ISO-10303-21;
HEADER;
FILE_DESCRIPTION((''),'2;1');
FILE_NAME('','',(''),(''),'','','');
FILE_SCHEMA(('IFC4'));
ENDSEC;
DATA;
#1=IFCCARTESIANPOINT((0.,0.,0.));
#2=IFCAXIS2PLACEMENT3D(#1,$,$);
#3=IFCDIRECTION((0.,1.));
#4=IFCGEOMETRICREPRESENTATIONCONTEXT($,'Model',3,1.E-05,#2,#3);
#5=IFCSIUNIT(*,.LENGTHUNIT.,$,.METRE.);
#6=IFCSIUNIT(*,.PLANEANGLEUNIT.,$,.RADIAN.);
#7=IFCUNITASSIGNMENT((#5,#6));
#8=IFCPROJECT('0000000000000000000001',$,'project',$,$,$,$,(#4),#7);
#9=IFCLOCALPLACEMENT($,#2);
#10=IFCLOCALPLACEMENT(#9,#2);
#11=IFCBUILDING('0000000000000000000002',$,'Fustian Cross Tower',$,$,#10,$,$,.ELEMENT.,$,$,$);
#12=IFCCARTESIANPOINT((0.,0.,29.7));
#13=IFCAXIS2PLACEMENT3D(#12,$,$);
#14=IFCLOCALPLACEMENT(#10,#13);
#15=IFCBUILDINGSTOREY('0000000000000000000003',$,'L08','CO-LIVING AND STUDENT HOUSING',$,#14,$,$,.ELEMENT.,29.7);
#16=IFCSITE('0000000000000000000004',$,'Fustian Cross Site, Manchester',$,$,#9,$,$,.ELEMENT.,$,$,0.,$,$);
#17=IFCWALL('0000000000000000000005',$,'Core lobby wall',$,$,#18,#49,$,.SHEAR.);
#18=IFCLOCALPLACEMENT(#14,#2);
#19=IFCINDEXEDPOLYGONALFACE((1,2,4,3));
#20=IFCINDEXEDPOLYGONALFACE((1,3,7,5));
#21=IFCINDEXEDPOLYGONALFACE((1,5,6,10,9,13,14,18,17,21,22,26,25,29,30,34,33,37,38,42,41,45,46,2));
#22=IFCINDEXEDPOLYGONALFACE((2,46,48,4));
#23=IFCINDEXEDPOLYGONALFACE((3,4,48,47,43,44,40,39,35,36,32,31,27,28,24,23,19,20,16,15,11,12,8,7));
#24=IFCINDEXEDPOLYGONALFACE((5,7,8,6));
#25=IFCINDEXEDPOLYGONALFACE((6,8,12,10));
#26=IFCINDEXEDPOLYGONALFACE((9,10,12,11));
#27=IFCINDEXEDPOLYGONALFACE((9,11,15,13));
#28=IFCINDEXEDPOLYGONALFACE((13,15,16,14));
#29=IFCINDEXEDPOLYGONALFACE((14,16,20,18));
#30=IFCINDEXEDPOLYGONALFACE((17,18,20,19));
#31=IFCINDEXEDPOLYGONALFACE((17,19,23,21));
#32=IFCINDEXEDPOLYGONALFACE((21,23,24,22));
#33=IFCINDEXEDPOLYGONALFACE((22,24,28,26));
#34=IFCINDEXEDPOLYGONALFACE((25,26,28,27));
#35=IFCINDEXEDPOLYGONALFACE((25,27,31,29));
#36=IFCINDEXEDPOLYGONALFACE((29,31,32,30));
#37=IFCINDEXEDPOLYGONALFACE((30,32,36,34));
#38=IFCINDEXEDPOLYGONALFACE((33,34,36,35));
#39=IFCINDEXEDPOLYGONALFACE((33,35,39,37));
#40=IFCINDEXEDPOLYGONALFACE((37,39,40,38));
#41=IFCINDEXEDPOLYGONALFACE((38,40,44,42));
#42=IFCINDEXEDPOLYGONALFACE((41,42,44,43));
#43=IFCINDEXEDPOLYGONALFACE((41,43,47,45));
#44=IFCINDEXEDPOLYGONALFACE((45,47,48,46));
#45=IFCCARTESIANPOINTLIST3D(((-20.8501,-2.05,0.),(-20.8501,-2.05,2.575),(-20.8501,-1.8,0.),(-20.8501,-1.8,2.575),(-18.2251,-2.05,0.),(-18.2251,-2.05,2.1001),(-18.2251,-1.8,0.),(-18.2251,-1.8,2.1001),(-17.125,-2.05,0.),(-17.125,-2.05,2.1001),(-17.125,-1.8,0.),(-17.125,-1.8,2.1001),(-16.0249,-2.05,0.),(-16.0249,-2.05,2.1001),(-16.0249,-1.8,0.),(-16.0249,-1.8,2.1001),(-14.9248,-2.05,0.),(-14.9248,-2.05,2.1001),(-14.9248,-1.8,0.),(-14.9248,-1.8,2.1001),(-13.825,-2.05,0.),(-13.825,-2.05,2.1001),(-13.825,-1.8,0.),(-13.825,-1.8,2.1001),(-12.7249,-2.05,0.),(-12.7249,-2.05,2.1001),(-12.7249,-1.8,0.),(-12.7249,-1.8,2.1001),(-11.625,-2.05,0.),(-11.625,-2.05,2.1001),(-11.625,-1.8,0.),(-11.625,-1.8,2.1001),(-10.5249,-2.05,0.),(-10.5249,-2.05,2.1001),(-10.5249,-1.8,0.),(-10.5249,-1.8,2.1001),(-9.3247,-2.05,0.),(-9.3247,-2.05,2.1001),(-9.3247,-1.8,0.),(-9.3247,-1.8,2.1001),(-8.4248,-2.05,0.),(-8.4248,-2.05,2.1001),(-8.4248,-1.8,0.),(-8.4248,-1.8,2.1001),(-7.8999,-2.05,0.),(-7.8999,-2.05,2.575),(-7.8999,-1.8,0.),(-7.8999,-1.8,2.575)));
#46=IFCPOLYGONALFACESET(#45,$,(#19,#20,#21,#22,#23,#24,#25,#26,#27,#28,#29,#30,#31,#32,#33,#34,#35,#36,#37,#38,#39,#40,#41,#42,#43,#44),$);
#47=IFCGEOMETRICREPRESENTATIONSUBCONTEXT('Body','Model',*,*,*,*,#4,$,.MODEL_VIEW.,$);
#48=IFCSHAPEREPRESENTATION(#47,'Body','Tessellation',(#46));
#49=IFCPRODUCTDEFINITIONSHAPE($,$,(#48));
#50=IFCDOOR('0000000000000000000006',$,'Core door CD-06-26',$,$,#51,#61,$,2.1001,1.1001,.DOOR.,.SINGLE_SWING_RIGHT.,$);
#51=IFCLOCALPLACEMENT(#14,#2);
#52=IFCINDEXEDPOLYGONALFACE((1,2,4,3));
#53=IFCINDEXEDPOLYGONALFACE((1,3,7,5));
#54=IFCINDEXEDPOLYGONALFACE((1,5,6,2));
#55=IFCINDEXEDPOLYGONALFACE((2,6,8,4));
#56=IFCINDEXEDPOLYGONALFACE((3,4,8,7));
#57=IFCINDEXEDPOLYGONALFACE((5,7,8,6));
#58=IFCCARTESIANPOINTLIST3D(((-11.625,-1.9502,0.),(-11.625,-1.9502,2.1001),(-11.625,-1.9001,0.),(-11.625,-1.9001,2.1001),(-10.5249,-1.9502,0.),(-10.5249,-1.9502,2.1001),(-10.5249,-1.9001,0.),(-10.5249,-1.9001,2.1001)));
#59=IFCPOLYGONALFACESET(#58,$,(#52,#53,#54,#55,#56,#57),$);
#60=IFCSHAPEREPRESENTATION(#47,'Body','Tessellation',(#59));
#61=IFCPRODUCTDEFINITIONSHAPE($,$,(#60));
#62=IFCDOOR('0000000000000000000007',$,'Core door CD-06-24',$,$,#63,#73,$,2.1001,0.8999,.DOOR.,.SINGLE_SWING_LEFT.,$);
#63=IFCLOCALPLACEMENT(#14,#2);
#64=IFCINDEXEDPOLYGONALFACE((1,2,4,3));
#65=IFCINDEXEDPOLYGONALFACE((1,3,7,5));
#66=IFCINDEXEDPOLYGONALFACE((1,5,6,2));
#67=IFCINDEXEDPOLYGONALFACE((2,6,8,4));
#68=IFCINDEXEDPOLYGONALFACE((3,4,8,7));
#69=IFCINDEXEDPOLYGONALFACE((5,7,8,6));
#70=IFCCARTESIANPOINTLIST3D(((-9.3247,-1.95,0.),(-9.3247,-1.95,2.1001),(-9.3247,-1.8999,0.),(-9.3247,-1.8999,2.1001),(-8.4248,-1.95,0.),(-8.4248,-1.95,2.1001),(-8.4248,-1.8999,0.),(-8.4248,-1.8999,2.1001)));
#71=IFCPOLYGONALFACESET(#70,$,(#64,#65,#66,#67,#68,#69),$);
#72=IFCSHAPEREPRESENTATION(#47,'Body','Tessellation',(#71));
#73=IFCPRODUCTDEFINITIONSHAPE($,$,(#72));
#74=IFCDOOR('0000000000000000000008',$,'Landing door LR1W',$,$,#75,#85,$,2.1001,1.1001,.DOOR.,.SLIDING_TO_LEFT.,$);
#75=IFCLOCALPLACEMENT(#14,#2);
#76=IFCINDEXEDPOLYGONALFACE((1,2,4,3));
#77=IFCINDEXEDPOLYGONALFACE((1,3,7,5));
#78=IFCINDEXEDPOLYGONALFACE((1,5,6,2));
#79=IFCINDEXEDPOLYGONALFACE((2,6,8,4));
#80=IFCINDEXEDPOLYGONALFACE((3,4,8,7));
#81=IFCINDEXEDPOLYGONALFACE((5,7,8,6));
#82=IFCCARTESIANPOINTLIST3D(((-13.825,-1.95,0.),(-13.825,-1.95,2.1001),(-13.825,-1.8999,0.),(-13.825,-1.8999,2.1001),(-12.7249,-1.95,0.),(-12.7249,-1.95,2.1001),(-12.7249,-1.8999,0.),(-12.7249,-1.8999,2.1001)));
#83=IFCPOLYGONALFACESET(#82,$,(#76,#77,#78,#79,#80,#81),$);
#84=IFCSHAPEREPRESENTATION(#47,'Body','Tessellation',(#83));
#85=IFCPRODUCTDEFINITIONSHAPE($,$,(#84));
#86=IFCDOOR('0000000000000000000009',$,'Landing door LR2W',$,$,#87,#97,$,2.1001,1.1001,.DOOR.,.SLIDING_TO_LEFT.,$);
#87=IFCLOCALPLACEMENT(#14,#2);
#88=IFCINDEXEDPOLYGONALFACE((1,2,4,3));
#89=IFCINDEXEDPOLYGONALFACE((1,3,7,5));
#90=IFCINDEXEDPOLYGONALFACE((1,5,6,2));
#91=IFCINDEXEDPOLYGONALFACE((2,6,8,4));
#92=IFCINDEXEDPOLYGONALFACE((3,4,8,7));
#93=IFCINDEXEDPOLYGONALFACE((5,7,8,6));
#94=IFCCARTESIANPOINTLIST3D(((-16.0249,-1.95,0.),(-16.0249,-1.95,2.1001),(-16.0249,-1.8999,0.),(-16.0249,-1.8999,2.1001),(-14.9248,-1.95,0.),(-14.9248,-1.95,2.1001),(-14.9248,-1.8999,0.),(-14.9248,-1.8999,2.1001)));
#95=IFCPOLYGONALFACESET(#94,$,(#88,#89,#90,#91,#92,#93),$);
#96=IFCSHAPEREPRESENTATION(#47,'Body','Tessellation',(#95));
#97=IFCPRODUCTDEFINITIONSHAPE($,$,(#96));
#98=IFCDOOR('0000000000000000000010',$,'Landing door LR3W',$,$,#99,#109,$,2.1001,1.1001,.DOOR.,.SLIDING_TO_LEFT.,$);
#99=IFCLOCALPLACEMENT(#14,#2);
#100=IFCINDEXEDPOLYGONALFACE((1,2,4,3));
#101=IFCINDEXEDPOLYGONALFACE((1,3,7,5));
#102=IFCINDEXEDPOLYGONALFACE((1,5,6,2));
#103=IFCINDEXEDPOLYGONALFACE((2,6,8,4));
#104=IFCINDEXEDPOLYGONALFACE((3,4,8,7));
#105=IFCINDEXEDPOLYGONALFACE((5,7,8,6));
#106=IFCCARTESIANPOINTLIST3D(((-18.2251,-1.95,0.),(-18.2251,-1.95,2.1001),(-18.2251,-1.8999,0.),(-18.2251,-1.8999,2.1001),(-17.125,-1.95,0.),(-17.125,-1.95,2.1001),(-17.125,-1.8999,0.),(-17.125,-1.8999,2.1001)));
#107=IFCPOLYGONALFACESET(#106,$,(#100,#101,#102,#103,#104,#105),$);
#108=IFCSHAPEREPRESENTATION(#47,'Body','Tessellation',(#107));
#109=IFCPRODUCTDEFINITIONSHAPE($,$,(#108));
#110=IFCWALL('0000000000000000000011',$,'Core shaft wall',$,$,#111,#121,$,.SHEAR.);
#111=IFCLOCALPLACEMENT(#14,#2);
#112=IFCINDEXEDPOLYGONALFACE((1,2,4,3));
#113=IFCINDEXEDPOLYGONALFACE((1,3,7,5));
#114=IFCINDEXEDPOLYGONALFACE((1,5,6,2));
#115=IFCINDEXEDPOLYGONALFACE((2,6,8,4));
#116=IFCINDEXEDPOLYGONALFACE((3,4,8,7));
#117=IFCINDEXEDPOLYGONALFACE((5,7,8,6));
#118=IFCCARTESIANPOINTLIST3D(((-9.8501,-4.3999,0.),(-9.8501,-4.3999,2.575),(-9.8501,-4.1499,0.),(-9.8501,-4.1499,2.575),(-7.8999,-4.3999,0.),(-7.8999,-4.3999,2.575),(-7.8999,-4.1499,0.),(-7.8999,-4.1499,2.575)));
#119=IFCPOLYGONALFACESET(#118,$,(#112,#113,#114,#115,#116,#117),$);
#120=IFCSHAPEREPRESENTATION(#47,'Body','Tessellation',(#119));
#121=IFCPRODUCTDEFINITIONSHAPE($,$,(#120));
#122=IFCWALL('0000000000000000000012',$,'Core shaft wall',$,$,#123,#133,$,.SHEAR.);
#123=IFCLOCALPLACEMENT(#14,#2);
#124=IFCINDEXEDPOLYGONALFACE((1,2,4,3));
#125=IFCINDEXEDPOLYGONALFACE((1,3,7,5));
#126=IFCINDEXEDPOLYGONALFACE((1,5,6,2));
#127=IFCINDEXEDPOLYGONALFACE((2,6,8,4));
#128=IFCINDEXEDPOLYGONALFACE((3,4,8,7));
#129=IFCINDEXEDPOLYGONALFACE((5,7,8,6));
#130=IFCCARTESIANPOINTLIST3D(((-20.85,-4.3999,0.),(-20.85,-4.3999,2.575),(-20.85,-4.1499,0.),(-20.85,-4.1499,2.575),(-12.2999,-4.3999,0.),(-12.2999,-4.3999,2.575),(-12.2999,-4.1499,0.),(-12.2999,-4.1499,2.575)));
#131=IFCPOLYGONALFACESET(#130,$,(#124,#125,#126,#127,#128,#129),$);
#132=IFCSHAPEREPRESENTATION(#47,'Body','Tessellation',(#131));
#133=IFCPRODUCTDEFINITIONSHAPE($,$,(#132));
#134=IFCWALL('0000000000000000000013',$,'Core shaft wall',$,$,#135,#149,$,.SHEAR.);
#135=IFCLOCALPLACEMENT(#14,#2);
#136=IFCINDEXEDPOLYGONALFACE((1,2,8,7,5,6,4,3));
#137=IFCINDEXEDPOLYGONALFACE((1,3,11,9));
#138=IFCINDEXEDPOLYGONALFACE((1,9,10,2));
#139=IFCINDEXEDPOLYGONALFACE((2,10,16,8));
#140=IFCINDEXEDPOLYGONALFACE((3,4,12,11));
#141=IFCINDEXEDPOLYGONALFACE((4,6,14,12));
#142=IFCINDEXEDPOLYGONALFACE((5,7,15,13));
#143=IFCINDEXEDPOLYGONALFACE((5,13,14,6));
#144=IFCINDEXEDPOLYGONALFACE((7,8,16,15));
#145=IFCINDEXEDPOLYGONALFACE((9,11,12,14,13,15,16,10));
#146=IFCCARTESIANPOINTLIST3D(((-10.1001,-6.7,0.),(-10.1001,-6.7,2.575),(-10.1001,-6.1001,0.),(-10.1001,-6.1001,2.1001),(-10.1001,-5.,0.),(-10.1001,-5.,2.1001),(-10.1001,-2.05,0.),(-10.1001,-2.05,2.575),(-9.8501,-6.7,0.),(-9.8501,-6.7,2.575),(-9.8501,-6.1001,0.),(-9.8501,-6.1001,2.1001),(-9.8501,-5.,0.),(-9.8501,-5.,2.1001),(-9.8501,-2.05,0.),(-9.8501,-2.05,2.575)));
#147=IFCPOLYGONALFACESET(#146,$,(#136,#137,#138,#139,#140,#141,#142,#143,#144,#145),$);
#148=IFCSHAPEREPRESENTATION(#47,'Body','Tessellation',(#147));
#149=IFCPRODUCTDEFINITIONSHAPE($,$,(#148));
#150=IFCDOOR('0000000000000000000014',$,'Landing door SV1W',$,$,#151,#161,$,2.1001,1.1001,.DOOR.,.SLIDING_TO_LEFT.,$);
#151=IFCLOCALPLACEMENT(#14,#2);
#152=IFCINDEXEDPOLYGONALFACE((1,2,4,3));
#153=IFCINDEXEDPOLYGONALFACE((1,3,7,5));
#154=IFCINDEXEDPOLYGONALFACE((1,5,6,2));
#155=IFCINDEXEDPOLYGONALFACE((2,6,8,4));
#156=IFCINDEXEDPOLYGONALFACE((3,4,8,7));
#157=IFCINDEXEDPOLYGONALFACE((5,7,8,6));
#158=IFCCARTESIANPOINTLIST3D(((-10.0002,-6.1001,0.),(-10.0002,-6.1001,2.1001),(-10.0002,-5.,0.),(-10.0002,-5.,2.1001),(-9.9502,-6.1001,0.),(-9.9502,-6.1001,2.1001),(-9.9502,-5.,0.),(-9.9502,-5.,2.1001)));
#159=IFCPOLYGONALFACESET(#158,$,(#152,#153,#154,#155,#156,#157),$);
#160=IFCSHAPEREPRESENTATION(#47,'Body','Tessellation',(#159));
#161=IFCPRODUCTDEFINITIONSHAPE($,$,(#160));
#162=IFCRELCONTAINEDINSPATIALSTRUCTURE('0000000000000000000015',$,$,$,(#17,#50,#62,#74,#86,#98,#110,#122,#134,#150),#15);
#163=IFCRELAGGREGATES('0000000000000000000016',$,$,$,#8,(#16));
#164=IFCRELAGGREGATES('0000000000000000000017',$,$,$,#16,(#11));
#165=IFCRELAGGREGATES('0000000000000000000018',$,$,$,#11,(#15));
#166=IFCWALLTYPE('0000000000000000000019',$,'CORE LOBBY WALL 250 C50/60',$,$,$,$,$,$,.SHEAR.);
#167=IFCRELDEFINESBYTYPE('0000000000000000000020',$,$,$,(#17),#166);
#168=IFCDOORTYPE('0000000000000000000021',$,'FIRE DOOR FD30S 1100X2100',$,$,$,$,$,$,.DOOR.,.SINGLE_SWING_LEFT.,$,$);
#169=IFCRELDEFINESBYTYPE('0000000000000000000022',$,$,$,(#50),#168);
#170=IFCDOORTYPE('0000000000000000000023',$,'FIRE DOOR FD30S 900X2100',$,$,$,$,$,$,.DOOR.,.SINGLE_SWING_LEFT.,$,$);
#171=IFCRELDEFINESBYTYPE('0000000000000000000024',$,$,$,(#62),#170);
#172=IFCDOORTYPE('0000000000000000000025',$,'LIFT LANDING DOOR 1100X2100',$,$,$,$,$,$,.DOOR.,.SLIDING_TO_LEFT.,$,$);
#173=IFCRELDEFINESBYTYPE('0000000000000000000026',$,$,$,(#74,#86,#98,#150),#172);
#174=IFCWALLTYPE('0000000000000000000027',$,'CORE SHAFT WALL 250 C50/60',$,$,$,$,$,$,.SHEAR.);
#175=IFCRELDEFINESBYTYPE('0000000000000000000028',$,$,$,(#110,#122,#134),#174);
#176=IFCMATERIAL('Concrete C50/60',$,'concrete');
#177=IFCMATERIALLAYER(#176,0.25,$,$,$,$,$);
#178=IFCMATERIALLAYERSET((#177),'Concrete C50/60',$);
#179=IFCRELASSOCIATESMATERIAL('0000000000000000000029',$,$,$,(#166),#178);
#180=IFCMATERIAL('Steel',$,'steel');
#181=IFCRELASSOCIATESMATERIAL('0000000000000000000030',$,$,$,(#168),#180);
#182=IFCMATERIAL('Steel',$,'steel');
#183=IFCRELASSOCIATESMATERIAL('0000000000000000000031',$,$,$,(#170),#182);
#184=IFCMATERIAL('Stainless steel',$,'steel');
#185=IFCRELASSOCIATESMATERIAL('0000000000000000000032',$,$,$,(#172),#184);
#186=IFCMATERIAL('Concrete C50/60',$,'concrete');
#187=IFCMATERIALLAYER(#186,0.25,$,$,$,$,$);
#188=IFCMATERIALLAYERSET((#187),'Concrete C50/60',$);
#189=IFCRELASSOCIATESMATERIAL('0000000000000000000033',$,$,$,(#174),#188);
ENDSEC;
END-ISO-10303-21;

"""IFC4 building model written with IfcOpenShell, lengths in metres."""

from ifc_helpers import new_model, si_unit, direction, frame, frame_2d, origin, place, context, subcontext, project, spatial, rectangle, extrude, material, layer, layer_set, type_object, element, fill, save


model = new_model("IFC4")

# Units and contexts
model_context = context("Model", 3, precision=1e-05, world=origin(), true_north=direction((0.0, 1.0)))
body_context = subcontext(model_context, "Body", "Model", "MODEL_VIEW")
ifc_project = project(units=[si_unit("LENGTHUNIT", "METRE"), si_unit("PLANEANGLEUNIT", "RADIAN")], contexts=[model_context])

# Site, building, storey
site_placement = place(None, origin())
site = spatial("IfcSite", under=ifc_project, at=site_placement, Name="Fustian Cross Site, Manchester", CompositionType="ELEMENT", RefElevation=0.0)
building_placement = place(site_placement, origin())
building = spatial("IfcBuilding", under=site, at=building_placement, Name="Fustian Cross Tower", CompositionType="ELEMENT")
storey_placement = place(building_placement, frame((0.0, 0.0, 29.7)))
storey = spatial("IfcBuildingStorey", under=building, at=storey_placement, Name="L08", Description="CO-LIVING AND STUDENT HOUSING", CompositionType="ELEMENT", Elevation=29.7)

# Wall, openings, doors
ifc_material_1 = material(Name="Concrete C50/60", Category="concrete")
ifc_layer_1 = layer(ifc_material_1, 0.25)
ifc_layer_set_1 = layer_set([ifc_layer_1], Name="Concrete C50/60")
wall_type_1 = type_object("IfcWallType", Name="CORE LOBBY WALL 250 C50/60", PredefinedType="SHEAR", material=ifc_layer_set_1)
wall_1_placement = place(storey_placement, frame((-7.8999, -1.925, 0.0), z_axis=(0.0, 0.0, 1.0), x_axis=(-1.0, 0.0, 0.0)))
wall_1 = element("IfcWall", 1, at=wall_1_placement, inside=storey, type_object=wall_type_1, Name="Core lobby wall", PredefinedType="SHEAR", context=body_context, shape_type="SweptSolid", body=[
    extrude(rectangle(XDim=12.9502, YDim=0.25, at=frame_2d((6.4751, 0.0))), origin(), (0.0, 0.0, 1.0), 2.575),
])
opening_1_placement = place(wall_1_placement, frame((4.825, 0.0, 0.0)))
opening_1 = element("IfcOpeningElement", 2, at=opening_1_placement, cuts=wall_1, PredefinedType="OPENING", context=body_context, shape_type="SweptSolid", body=[
    extrude(rectangle(XDim=1.1001, YDim=2.1001, at=frame_2d((0.55, 1.05))), frame((0.0, 0.135, 0.0), z_axis=(0.0, -1.0, 0.0), x_axis=(1.0, 0.0, 0.0)), (0.0, 0.0, 1.0), 0.27),
])
opening_2_placement = place(wall_1_placement, frame((7.0249, 0.0, 0.0)))
opening_2 = element("IfcOpeningElement", 3, at=opening_2_placement, cuts=wall_1, PredefinedType="OPENING", context=body_context, shape_type="SweptSolid", body=[
    extrude(rectangle(XDim=1.1001, YDim=2.1001, at=frame_2d((0.55, 1.05))), frame((0.0, 0.135, 0.0), z_axis=(0.0, -1.0, 0.0), x_axis=(1.0, 0.0, 0.0)), (0.0, 0.0, 1.0), 0.27),
])
opening_3_placement = place(wall_1_placement, frame((9.2251, 0.0, 0.0)))
opening_3 = element("IfcOpeningElement", 4, at=opening_3_placement, cuts=wall_1, PredefinedType="OPENING", context=body_context, shape_type="SweptSolid", body=[
    extrude(rectangle(XDim=1.1001, YDim=2.1001, at=frame_2d((0.55, 1.05))), frame((0.0, 0.135, 0.0), z_axis=(0.0, -1.0, 0.0), x_axis=(1.0, 0.0, 0.0)), (0.0, 0.0, 1.0), 0.27),
])
opening_4_placement = place(wall_1_placement, frame((0.5249, 0.0, 0.0)))
opening_4 = element("IfcOpeningElement", 5, at=opening_4_placement, cuts=wall_1, PredefinedType="OPENING", context=body_context, shape_type="SweptSolid", body=[
    extrude(rectangle(XDim=0.8999, YDim=2.1001, at=frame_2d((0.45, 1.05))), frame((0.0, 0.135, 0.0), z_axis=(0.0, -1.0, 0.0), x_axis=(1.0, 0.0, 0.0)), (0.0, 0.0, 1.0), 0.27),
])
opening_5_placement = place(wall_1_placement, frame((2.625, 0.0, 0.0)))
opening_5 = element("IfcOpeningElement", 6, at=opening_5_placement, cuts=wall_1, PredefinedType="OPENING", context=body_context, shape_type="SweptSolid", body=[
    extrude(rectangle(XDim=1.1001, YDim=2.1001, at=frame_2d((0.55, 1.05))), frame((0.0, 0.135, 0.0), z_axis=(0.0, -1.0, 0.0), x_axis=(1.0, 0.0, 0.0)), (0.0, 0.0, 1.0), 0.27),
])
ifc_material_2 = material(Name="Steel", Category="steel")
door_type_1 = type_object("IfcDoorType", Name="FIRE DOOR FD30S 1100X2100", OperationType="SINGLE_SWING_LEFT", PredefinedType="DOOR", material=ifc_material_2)
door_1_placement = place(opening_5_placement, frame((1.1001, 0.0, 0.0), z_axis=(0.0, 0.0, 1.0), x_axis=(-1.0, 0.0, 0.0)))
door_1 = element("IfcDoor", 7, at=door_1_placement, inside=storey, type_object=door_type_1, Name="Core door CD-06-26", OperationType="SINGLE_SWING_RIGHT", OverallHeight=2.1001, OverallWidth=1.1001, PredefinedType="DOOR", context=body_context, shape_type="SweptSolid", body=[
    extrude(rectangle(XDim=1.1001, YDim=2.1001, at=frame_2d((0.55, 1.05))), frame((0.0, 0.0249, 0.0), z_axis=(0.0, -1.0, 0.0), x_axis=(1.0, 0.0, 0.0)), (0.0, 0.0, 1.0), 0.05),
])
fill(opening_5, door_1)
ifc_material_3 = material(Name="Steel", Category="steel")
door_type_2 = type_object("IfcDoorType", Name="FIRE DOOR FD30S 900X2100", OperationType="SINGLE_SWING_LEFT", PredefinedType="DOOR", material=ifc_material_3)
door_2_placement = place(opening_4_placement, origin())
door_2 = element("IfcDoor", 8, at=door_2_placement, inside=storey, type_object=door_type_2, Name="Core door CD-06-24", OperationType="SINGLE_SWING_LEFT", OverallHeight=2.1001, OverallWidth=0.8999, PredefinedType="DOOR", context=body_context, shape_type="SweptSolid", body=[
    extrude(rectangle(XDim=0.8999, YDim=2.1001, at=frame_2d((0.45, 1.05))), frame((0.0, 0.0249, 0.0), z_axis=(0.0, -1.0, 0.0), x_axis=(1.0, 0.0, 0.0)), (0.0, 0.0, 1.0), 0.05),
])
fill(opening_4, door_2)
ifc_material_4 = material(Name="Stainless steel", Category="steel")
door_type_3 = type_object("IfcDoorType", Name="LIFT LANDING DOOR 1100X2100", OperationType="SLIDING_TO_LEFT", PredefinedType="DOOR", material=ifc_material_4)
door_3_placement = place(opening_1_placement, origin())
door_3 = element("IfcDoor", 9, at=door_3_placement, inside=storey, type_object=door_type_3, Name="Landing door LR1W", OperationType="SLIDING_TO_LEFT", OverallHeight=2.1001, OverallWidth=1.1001, PredefinedType="DOOR", context=body_context, shape_type="SweptSolid", body=[
    extrude(rectangle(XDim=1.1001, YDim=2.1001, at=frame_2d((0.55, 1.05))), frame((0.0, 0.0249, 0.0), z_axis=(0.0, -1.0, 0.0), x_axis=(1.0, 0.0, 0.0)), (0.0, 0.0, 1.0), 0.05),
])
fill(opening_1, door_3)
door_4_placement = place(opening_2_placement, origin())
door_4 = element("IfcDoor", 10, at=door_4_placement, inside=storey, type_object=door_type_3, Name="Landing door LR2W", OperationType="SLIDING_TO_LEFT", OverallHeight=2.1001, OverallWidth=1.1001, PredefinedType="DOOR", context=body_context, shape_type="SweptSolid", body=[
    extrude(rectangle(XDim=1.1001, YDim=2.1001, at=frame_2d((0.55, 1.05))), frame((0.0, 0.0249, 0.0), z_axis=(0.0, -1.0, 0.0), x_axis=(1.0, 0.0, 0.0)), (0.0, 0.0, 1.0), 0.05),
])
fill(opening_2, door_4)
door_5_placement = place(opening_3_placement, origin())
door_5 = element("IfcDoor", 11, at=door_5_placement, inside=storey, type_object=door_type_3, Name="Landing door LR3W", OperationType="SLIDING_TO_LEFT", OverallHeight=2.1001, OverallWidth=1.1001, PredefinedType="DOOR", context=body_context, shape_type="SweptSolid", body=[
    extrude(rectangle(XDim=1.1001, YDim=2.1001, at=frame_2d((0.55, 1.05))), frame((0.0, 0.0249, 0.0), z_axis=(0.0, -1.0, 0.0), x_axis=(1.0, 0.0, 0.0)), (0.0, 0.0, 1.0), 0.05),
])
fill(opening_3, door_5)

# Walls
ifc_material_5 = material(Name="Concrete C50/60", Category="concrete")
ifc_layer_2 = layer(ifc_material_5, 0.25)
ifc_layer_set_2 = layer_set([ifc_layer_2], Name="Concrete C50/60")
wall_type_2 = type_object("IfcWallType", Name="CORE SHAFT WALL 250 C50/60", PredefinedType="SHEAR", material=ifc_layer_set_2)
wall_2_placement = place(storey_placement, frame((-7.8999, -4.2749, 0.0), z_axis=(0.0, 0.0, 1.0), x_axis=(-1.0, 0.0, 0.0)))
element("IfcWall", 12, at=wall_2_placement, inside=storey, type_object=wall_type_2, Name="Core shaft wall", PredefinedType="SHEAR", context=body_context, shape_type="SweptSolid", body=[
    extrude(rectangle(XDim=1.9502, YDim=0.25, at=frame_2d((0.9751, 0.0))), origin(), (0.0, 0.0, 1.0), 2.575),
])
wall_3_placement = place(storey_placement, frame((-12.3, -4.2749, 0.0), z_axis=(0.0, 0.0, 1.0), x_axis=(-1.0, 0.0, 0.0)))
element("IfcWall", 13, at=wall_3_placement, inside=storey, type_object=wall_type_2, Name="Core shaft wall", PredefinedType="SHEAR", context=body_context, shape_type="SweptSolid", body=[
    extrude(rectangle(XDim=8.55, YDim=0.25, at=frame_2d((4.2749, 0.0))), origin(), (0.0, 0.0, 1.0), 2.575),
])

# Wall, opening, door
wall_4_placement = place(storey_placement, frame((-9.9751, -2.05, 0.0), z_axis=(0.0, 0.0, 1.0), x_axis=(0.0, -1.0, 0.0)))
wall_4 = element("IfcWall", 14, at=wall_4_placement, inside=storey, type_object=wall_type_2, Name="Core shaft wall", PredefinedType="SHEAR", context=body_context, shape_type="SweptSolid", body=[
    extrude(rectangle(XDim=4.6499, YDim=0.25, at=frame_2d((2.325, 0.0))), origin(), (0.0, 0.0, 1.0), 2.575),
])
opening_6_placement = place(wall_4_placement, frame((2.95, 0.0, 0.0)))
opening_6 = element("IfcOpeningElement", 15, at=opening_6_placement, cuts=wall_4, PredefinedType="OPENING", context=body_context, shape_type="SweptSolid", body=[
    extrude(rectangle(XDim=1.1001, YDim=2.1001, at=frame_2d((0.55, 1.05))), frame((0.0, 0.135, 0.0), z_axis=(0.0, -1.0, 0.0), x_axis=(1.0, 0.0, 0.0)), (0.0, 0.0, 1.0), 0.27),
])
door_6_placement = place(opening_6_placement, origin())
door_6 = element("IfcDoor", 16, at=door_6_placement, inside=storey, type_object=door_type_3, Name="Landing door SV1W", OperationType="SLIDING_TO_LEFT", OverallHeight=2.1001, OverallWidth=1.1001, PredefinedType="DOOR", context=body_context, shape_type="SweptSolid", body=[
    extrude(rectangle(XDim=1.1001, YDim=2.1001, at=frame_2d((0.55, 1.05))), frame((0.0, 0.0249, 0.0), z_axis=(0.0, -1.0, 0.0), x_axis=(1.0, 0.0, 0.0)), (0.0, 0.0, 1.0), 0.05),
])
fill(opening_6, door_6)

save(model, "model.ifc")
